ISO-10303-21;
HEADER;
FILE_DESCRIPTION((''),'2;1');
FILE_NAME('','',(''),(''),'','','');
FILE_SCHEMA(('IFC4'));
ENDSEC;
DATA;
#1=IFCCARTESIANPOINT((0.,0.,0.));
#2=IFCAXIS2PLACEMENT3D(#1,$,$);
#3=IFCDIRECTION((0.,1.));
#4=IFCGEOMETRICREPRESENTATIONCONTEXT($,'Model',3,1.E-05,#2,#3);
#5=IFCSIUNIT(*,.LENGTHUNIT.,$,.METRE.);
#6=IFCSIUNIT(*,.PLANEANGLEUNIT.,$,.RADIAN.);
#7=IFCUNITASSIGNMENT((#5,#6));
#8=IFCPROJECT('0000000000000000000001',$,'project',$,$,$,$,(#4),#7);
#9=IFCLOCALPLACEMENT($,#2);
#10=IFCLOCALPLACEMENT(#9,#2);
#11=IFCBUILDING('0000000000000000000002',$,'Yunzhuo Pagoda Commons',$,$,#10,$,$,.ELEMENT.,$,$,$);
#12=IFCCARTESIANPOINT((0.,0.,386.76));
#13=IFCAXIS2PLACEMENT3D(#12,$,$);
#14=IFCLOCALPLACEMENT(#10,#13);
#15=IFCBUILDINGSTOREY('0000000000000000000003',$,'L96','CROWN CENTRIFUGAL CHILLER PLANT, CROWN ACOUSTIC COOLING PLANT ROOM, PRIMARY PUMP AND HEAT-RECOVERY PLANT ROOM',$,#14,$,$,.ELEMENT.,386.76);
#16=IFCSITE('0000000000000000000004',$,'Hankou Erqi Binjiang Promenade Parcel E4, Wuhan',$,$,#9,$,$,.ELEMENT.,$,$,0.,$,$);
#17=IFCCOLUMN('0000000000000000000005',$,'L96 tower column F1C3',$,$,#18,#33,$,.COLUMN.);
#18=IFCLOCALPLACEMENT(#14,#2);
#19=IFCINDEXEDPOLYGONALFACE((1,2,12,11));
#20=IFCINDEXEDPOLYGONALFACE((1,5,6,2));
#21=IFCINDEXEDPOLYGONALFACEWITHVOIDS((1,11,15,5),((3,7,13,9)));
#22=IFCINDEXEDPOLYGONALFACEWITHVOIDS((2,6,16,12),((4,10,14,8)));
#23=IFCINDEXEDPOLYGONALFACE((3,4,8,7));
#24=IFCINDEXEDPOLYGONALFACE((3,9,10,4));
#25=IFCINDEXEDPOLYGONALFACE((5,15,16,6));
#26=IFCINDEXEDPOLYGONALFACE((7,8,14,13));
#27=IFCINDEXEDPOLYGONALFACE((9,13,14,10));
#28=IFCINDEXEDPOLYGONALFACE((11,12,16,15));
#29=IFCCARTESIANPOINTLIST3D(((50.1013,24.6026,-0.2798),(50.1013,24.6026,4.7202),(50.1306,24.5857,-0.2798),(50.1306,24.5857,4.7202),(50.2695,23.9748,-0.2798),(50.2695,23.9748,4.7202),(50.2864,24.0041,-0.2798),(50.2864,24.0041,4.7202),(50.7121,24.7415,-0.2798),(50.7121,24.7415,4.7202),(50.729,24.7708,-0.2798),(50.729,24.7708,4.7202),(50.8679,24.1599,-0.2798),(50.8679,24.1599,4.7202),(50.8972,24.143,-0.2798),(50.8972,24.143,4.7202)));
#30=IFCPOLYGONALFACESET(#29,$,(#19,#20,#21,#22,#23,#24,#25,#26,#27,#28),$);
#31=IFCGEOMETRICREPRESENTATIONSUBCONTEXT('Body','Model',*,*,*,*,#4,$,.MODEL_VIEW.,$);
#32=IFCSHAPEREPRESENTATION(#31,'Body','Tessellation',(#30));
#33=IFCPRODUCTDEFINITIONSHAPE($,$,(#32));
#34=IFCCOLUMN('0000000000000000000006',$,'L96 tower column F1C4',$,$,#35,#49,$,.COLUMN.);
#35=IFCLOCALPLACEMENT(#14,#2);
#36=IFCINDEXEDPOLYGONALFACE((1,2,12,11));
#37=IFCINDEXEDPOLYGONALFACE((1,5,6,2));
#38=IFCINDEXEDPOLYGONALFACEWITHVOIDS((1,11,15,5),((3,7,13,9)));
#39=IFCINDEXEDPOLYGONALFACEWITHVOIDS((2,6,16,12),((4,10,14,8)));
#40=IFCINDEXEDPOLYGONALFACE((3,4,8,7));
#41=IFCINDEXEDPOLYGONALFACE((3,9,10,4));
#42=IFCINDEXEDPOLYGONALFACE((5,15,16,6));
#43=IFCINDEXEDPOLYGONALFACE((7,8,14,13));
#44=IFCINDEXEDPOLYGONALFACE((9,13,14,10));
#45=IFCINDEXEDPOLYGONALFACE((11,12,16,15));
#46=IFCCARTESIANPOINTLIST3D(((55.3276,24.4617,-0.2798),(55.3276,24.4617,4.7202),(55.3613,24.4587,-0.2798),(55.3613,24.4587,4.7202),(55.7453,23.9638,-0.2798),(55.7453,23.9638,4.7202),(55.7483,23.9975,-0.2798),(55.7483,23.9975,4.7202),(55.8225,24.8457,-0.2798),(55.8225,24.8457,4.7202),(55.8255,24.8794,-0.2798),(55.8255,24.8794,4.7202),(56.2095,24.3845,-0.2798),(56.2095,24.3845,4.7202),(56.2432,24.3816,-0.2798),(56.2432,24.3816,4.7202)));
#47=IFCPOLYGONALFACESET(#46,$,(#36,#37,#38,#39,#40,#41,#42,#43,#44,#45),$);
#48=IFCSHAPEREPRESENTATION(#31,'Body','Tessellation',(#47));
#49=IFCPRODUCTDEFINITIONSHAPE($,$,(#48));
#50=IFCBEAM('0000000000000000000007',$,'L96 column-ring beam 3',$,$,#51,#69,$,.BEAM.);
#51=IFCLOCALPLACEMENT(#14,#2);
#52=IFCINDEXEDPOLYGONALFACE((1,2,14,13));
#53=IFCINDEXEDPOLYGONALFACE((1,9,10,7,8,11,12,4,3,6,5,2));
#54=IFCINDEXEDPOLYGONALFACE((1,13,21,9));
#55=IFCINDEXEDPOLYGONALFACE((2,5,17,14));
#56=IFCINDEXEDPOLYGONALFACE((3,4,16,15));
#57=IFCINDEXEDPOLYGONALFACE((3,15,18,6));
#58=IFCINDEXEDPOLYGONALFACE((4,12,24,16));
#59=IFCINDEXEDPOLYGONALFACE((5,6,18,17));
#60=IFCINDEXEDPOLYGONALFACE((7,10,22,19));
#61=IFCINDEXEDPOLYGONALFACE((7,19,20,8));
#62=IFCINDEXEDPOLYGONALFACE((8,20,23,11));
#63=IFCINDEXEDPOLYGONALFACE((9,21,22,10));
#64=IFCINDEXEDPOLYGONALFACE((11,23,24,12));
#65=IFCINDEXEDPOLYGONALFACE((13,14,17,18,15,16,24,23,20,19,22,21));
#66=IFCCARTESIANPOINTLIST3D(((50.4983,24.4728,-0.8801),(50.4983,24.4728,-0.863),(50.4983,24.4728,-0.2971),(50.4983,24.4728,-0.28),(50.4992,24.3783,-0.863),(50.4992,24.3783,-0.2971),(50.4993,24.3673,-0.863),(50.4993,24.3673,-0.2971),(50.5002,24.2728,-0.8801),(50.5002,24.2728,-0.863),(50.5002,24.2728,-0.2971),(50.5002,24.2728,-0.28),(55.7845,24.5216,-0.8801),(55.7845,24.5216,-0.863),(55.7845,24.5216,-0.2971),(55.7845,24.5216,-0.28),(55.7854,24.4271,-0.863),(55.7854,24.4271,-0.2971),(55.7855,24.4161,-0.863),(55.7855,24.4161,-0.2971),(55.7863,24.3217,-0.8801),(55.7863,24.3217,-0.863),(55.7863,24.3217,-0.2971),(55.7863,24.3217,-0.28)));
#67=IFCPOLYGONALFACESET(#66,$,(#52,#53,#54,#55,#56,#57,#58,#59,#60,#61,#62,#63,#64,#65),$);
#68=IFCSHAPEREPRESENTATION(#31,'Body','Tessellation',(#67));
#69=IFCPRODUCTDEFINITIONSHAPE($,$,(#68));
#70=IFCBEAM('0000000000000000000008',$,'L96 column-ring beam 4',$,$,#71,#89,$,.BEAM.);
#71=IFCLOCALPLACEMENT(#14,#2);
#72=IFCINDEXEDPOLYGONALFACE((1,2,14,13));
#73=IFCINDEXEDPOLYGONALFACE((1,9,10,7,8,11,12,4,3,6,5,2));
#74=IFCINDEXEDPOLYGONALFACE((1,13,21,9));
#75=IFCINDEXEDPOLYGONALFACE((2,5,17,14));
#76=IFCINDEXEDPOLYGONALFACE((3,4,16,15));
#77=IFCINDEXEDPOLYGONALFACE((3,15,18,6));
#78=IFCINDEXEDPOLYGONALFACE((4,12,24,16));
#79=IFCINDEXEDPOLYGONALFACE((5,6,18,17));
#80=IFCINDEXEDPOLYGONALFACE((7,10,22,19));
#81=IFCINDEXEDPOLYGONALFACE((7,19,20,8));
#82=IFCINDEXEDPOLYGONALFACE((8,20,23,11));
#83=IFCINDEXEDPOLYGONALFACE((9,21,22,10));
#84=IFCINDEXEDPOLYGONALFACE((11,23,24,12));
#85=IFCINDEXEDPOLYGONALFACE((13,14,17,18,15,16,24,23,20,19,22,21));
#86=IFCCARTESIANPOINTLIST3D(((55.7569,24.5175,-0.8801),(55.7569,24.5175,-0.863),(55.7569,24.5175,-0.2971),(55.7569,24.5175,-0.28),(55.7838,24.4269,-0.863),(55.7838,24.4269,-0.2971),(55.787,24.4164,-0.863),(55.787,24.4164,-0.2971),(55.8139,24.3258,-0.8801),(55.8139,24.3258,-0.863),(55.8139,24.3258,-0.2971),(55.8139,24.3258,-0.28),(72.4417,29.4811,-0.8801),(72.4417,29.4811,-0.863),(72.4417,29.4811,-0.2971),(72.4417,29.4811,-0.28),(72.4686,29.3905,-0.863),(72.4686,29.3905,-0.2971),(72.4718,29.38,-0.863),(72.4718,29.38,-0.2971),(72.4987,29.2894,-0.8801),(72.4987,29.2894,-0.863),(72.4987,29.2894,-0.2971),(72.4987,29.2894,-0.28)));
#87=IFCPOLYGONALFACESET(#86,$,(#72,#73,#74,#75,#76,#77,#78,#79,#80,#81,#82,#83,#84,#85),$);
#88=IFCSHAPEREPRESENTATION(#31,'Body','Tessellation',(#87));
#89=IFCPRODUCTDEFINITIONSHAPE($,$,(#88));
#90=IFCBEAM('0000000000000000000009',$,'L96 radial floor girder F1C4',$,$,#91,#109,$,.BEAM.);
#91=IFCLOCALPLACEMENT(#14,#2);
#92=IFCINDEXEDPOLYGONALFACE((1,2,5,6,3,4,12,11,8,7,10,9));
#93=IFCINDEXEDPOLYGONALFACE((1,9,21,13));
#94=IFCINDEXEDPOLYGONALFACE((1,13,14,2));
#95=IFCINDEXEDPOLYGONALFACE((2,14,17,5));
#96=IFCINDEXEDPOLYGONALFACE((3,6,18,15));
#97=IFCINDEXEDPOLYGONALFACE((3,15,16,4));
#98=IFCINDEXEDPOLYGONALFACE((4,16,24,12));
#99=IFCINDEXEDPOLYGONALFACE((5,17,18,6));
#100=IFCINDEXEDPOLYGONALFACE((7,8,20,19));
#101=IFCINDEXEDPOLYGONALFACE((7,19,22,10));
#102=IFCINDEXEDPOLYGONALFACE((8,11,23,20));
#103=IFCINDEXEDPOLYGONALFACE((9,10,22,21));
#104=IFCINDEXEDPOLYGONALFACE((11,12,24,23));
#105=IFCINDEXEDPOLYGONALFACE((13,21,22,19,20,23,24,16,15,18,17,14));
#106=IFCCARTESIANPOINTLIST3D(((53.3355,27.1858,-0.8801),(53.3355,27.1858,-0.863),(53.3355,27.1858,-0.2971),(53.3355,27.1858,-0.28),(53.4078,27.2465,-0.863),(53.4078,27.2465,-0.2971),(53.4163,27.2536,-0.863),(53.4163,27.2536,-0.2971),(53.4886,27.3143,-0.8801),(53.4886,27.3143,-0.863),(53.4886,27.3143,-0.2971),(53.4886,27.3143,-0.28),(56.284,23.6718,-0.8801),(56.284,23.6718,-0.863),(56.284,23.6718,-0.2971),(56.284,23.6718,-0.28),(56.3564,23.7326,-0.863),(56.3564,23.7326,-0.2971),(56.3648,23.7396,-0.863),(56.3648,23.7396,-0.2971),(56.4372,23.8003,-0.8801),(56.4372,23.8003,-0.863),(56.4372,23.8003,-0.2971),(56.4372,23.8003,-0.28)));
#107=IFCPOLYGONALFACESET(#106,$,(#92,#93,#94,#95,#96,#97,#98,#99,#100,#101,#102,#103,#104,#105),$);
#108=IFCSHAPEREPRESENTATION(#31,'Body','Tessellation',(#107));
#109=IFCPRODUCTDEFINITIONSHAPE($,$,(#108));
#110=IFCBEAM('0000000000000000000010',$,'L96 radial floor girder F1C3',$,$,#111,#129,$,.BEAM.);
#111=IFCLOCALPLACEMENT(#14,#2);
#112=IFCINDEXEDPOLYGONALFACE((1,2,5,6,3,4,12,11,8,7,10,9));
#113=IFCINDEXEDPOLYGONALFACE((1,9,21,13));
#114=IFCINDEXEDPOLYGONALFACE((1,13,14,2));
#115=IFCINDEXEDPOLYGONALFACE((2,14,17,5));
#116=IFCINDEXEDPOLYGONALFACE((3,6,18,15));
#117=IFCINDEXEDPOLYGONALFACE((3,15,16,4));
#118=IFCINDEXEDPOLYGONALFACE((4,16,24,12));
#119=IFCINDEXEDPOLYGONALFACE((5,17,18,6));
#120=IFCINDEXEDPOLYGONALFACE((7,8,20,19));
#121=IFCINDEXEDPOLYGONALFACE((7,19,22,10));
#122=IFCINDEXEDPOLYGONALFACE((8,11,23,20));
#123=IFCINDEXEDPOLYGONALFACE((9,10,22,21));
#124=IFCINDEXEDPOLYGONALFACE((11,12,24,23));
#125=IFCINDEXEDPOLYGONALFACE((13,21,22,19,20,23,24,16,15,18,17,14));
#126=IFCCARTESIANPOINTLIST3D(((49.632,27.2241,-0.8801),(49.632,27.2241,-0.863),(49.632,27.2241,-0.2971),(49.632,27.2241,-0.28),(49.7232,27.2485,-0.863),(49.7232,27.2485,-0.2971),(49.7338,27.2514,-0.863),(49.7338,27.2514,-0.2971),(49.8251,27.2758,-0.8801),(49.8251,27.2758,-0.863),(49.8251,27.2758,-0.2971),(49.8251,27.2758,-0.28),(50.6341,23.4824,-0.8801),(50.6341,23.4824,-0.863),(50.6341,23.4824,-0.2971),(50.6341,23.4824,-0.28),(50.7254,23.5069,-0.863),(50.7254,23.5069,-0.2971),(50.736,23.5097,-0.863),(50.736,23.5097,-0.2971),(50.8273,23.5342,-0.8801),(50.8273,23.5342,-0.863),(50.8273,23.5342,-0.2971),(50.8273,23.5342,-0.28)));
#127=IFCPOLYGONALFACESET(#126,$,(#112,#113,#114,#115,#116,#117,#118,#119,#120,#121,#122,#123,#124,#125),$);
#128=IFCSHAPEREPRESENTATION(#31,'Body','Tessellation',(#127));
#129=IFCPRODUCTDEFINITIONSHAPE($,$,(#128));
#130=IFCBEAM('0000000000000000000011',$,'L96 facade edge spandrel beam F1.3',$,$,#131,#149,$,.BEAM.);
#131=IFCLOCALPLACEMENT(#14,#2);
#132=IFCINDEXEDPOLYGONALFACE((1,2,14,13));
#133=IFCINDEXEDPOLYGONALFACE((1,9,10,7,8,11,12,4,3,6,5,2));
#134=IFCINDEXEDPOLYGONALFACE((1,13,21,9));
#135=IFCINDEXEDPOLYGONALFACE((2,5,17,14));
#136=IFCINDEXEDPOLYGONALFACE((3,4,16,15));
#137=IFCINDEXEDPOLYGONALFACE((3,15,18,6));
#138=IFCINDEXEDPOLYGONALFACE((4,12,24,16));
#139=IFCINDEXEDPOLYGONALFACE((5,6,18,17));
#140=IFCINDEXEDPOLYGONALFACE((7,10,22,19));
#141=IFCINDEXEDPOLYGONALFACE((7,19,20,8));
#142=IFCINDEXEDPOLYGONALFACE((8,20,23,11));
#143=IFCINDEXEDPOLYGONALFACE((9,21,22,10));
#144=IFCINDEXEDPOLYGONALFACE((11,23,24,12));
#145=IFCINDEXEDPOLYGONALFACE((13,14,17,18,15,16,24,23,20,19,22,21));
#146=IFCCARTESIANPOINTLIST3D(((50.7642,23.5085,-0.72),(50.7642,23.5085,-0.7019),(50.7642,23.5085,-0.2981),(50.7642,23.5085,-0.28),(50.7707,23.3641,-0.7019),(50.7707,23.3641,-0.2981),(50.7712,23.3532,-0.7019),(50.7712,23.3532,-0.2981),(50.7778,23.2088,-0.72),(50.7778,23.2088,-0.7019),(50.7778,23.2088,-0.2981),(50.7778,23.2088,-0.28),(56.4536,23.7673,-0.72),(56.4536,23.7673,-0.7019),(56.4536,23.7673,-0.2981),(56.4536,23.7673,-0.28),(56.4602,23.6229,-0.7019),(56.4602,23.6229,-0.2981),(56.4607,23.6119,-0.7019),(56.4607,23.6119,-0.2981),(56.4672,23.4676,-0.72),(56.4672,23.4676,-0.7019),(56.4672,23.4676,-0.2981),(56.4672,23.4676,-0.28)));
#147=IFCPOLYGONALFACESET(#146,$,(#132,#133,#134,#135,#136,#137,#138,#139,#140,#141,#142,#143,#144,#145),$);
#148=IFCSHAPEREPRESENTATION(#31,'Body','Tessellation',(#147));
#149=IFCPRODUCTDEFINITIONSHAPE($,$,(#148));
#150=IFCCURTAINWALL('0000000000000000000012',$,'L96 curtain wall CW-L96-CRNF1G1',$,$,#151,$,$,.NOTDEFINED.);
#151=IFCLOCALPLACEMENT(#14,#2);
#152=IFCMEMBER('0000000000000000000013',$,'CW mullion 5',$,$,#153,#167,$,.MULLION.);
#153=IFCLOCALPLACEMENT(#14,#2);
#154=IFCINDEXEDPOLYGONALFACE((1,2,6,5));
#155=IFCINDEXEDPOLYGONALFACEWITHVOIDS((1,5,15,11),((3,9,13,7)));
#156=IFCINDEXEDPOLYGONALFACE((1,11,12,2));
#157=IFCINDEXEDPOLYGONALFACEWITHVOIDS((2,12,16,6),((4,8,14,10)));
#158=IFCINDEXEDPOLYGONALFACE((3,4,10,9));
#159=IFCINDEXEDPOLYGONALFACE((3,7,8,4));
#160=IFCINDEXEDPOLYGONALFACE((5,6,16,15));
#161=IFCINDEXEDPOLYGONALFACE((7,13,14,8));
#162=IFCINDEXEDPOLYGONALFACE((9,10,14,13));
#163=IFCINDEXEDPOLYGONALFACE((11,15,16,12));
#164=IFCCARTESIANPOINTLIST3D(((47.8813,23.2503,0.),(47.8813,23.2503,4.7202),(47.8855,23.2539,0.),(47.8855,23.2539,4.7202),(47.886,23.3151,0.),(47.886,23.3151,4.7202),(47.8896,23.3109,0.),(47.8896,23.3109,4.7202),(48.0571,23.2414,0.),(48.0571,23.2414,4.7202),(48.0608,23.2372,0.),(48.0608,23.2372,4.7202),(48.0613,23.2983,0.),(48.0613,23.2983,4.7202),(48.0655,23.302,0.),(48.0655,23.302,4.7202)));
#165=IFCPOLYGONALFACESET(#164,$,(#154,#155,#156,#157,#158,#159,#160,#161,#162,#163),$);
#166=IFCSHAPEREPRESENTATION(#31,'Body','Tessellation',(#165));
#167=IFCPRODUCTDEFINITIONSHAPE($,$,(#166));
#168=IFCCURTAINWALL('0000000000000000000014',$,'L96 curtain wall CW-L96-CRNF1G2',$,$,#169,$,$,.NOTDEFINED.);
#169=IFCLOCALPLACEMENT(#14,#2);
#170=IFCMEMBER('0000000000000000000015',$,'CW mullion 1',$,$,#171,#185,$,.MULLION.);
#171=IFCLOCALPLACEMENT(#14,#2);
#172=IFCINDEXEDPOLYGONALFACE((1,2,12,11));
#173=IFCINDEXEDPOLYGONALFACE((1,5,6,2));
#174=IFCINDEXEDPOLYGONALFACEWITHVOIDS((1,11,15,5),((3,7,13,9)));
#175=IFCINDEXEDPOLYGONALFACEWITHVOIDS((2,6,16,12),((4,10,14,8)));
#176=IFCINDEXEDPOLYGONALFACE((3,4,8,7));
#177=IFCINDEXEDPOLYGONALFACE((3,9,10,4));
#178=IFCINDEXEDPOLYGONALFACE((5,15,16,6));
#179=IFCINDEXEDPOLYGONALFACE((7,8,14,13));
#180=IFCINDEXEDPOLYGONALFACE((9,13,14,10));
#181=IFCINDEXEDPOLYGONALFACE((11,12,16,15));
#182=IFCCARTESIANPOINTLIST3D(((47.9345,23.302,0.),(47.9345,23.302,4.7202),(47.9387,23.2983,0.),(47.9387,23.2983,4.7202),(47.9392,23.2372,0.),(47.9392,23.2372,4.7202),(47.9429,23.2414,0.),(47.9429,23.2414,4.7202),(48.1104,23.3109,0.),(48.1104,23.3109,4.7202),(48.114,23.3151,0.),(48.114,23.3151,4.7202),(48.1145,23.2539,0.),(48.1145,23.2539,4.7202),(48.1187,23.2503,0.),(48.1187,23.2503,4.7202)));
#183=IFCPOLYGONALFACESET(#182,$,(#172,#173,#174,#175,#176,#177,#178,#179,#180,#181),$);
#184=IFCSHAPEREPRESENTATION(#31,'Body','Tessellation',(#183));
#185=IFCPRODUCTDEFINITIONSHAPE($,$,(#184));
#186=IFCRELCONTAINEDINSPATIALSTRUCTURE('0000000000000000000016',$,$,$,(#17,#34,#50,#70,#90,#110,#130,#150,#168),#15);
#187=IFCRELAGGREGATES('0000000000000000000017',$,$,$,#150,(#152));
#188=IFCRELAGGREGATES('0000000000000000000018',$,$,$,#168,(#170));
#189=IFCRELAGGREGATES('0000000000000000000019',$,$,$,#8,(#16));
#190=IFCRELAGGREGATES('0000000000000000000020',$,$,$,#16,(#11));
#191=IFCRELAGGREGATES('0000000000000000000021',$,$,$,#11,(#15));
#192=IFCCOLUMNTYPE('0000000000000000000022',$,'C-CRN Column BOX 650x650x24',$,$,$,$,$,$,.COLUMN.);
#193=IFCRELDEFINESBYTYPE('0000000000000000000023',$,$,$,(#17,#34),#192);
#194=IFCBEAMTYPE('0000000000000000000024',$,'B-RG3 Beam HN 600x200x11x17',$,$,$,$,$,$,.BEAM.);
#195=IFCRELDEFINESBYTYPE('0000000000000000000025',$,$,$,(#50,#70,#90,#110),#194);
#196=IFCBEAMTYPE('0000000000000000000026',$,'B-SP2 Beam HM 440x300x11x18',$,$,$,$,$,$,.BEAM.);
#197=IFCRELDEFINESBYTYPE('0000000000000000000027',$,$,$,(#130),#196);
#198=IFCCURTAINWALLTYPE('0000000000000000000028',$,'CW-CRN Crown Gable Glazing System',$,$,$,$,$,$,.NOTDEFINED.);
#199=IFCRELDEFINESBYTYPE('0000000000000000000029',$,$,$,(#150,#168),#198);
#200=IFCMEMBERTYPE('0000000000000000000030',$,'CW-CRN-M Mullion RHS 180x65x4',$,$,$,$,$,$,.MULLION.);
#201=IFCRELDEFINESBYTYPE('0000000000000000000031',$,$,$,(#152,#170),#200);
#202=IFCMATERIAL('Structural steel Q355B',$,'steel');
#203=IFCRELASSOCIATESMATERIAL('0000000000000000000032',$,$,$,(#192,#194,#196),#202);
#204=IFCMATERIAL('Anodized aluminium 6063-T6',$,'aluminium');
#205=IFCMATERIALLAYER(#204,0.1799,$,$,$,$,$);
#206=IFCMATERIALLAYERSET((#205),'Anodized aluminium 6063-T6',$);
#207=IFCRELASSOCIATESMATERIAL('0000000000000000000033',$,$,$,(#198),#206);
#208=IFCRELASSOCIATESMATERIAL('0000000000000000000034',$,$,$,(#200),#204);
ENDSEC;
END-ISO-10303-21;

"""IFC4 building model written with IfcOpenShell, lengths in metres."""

from ifc_helpers import new_model, si_unit, direction, frame, origin, origin_2d, place, context, subcontext, project, spatial, hollow_rectangle, i_section, extrude, source, transform, mapped, material, layer, layer_set, material_profile, profile_set, type_object, element, aggregate, save


model = new_model("IFC4")

# Units and contexts
model_context = context("Model", 3, precision=1e-05, world=origin(), true_north=direction((0.0, 1.0)))
body_context = subcontext(model_context, "Body", "Model", "MODEL_VIEW")
ifc_project = project(units=[si_unit("LENGTHUNIT", "METRE"), si_unit("PLANEANGLEUNIT", "RADIAN")], contexts=[model_context])

# Site, building, storey
site_placement = place(None, origin())
site = spatial("IfcSite", under=ifc_project, at=site_placement, Name="Hankou Erqi Binjiang Promenade Parcel E4, Wuhan", CompositionType="ELEMENT", RefElevation=0.0)
building_placement = place(site_placement, origin())
building = spatial("IfcBuilding", under=site, at=building_placement, Name="Yunzhuo Pagoda Commons", CompositionType="ELEMENT")
storey_placement = place(building_placement, frame((0.0, 0.0, 386.76)))
storey = spatial("IfcBuildingStorey", under=building, at=storey_placement, Name="L96", Description="CROWN CENTRIFUGAL CHILLER PLANT, CROWN ACOUSTIC COOLING PLANT ROOM, PRIMARY PUMP AND HEAT-RECOVERY PLANT ROOM", CompositionType="ELEMENT", Elevation=386.76)

# Columns
ifc_material_1 = material(Name="Structural steel Q355B", Category="steel")
ifc_material_profile_1 = material_profile(ifc_material_1, hollow_rectangle(XDim=0.6499, YDim=0.6499, WallThickness=0.0239, at=origin_2d()), Name="Structural steel Q355B")
ifc_profile_set_1 = profile_set([ifc_material_profile_1], Name="Structural steel Q355B")
column_type = type_object("IfcColumnType", Name="C-CRN Column BOX 650x650x24", PredefinedType="COLUMN", material=ifc_profile_set_1)
shared_shape_1 = source(origin(), body_context, "Body", "SweptSolid", [
    extrude(hollow_rectangle(XDim=0.6499, YDim=0.6499, WallThickness=0.0239, at=origin_2d()), origin(), (0.0, 0.0, 1.0), 5.0),
])
for number, where, z_axis, x_axis, name in (
    (1, (50.4993, 24.3728, -0.2798), (0.0, 0.0, 1.0), (0.965926, 0.258819, 0.0), "L96 tower column F1C3"),
    (2, (55.7854, 24.4216, -0.2798), (0.0, 0.0, 1.0), (0.766044, 0.642788, 0.0), "L96 tower column F1C4"),
):
    element("IfcColumn", number, at=place(storey_placement, frame(where, z_axis=z_axis, x_axis=x_axis)), inside=storey, type_object=column_type, Name=name, PredefinedType="COLUMN", context=body_context, shape_type="MappedRepresentation", body=[
        mapped(shared_shape_1, transform((0.0, 0.0, 0.0), scale=1.0)),
    ])

# Beams
ifc_material_profile_2 = material_profile(ifc_material_1, i_section(OverallWidth=0.2, OverallDepth=0.6001, WebThickness=0.011, FlangeThickness=0.0171, at=origin_2d()), Name="Structural steel Q355B")
ifc_profile_set_2 = profile_set([ifc_material_profile_2], Name="Structural steel Q355B")
beam_type_1 = type_object("IfcBeamType", Name="B-RG3 Beam HN 600x200x11x17", PredefinedType="BEAM", material=ifc_profile_set_2)
shared_shape_2 = source(origin(), body_context, "Body", "SweptSolid", [
    extrude(i_section(OverallWidth=0.2, OverallDepth=0.6001, WebThickness=0.011, FlangeThickness=0.0171, at=origin_2d()), origin(), (0.0, 0.0, 1.0), 5.2864),
])
beam_1_placement = place(storey_placement, frame((50.4993, 24.3728, -0.5801), z_axis=(0.999957, 0.009237, 0.0), x_axis=(-0.009237, 0.999957, 0.0)))
element("IfcBeam", 3, at=beam_1_placement, inside=storey, type_object=beam_type_1, Name="L96 column-ring beam 3", PredefinedType="BEAM", context=body_context, shape_type="MappedRepresentation", body=[
    mapped(shared_shape_2, transform((0.0, 0.0, 0.0), scale=1.0)),
])
shared_shape_3 = source(origin(), body_context, "Body", "SweptSolid", [
    extrude(i_section(OverallWidth=0.2, OverallDepth=0.6001, WebThickness=0.011, FlangeThickness=0.0171, at=origin_2d()), origin(), (0.0, 0.0, 1.0), 17.4075),
])
beam_2_placement = place(storey_placement, frame((55.7854, 24.4216, -0.5801), z_axis=(0.958485, 0.285143, 0.0), x_axis=(-0.285143, 0.958485, 0.0)))
element("IfcBeam", 4, at=beam_2_placement, inside=storey, type_object=beam_type_1, Name="L96 column-ring beam 4", PredefinedType="BEAM", context=body_context, shape_type="MappedRepresentation", body=[
    mapped(shared_shape_3, transform((0.0, 0.0, 0.0), scale=1.0)),
])
shared_shape_4 = source(origin(), body_context, "Body", "SweptSolid", [
    extrude(i_section(OverallWidth=0.2, OverallDepth=0.6001, WebThickness=0.011, FlangeThickness=0.0171, at=origin_2d()), origin(), (0.0, 0.0, 1.0), 4.5872),
])
beam_3_placement = place(storey_placement, frame((56.3606, 23.7361, -0.5801), z_axis=(-0.642783, 0.766049, 0.0), x_axis=(-0.766049, -0.642783, 0.0)))
element("IfcBeam", 5, at=beam_3_placement, inside=storey, type_object=beam_type_1, Name="L96 radial floor girder F1C4", PredefinedType="BEAM", context=body_context, shape_type="MappedRepresentation", body=[
    mapped(shared_shape_4, transform((0.0, 0.0, 0.0), scale=1.0)),
])
shared_shape_5 = source(origin(), body_context, "Body", "SweptSolid", [
    extrude(i_section(OverallWidth=0.2, OverallDepth=0.6001, WebThickness=0.011, FlangeThickness=0.0171, at=origin_2d()), origin(), (0.0, 0.0, 1.0), 3.8735),
])
beam_4_placement = place(storey_placement, frame((50.7307, 23.5083, -0.5801), z_axis=(-0.258726, 0.965951, 0.0), x_axis=(-0.965951, -0.258726, 0.0)))
element("IfcBeam", 6, at=beam_4_placement, inside=storey, type_object=beam_type_1, Name="L96 radial floor girder F1C3", PredefinedType="BEAM", context=body_context, shape_type="MappedRepresentation", body=[
    mapped(shared_shape_5, transform((0.0, 0.0, 0.0), scale=1.0)),
])
ifc_material_profile_3 = material_profile(ifc_material_1, i_section(OverallWidth=0.3, OverallDepth=0.4399, WebThickness=0.011, FlangeThickness=0.0181, at=origin_2d()), Name="Structural steel Q355B")
ifc_profile_set_3 = profile_set([ifc_material_profile_3], Name="Structural steel Q355B")
beam_type_2 = type_object("IfcBeamType", Name="B-SP2 Beam HM 440x300x11x18", PredefinedType="BEAM", material=ifc_profile_set_3)
shared_shape_6 = source(origin(), body_context, "Body", "SweptSolid", [
    extrude(i_section(OverallWidth=0.3, OverallDepth=0.4399, WebThickness=0.011, FlangeThickness=0.0181, at=origin_2d()), origin(), (0.0, 0.0, 1.0), 5.6953),
])
beam_5_placement = place(storey_placement, frame((50.771, 23.3586, -0.5), z_axis=(0.998967, 0.045439, 0.0), x_axis=(-0.045439, 0.998967, 0.0)))
element("IfcBeam", 7, at=beam_5_placement, inside=storey, type_object=beam_type_2, Name="L96 facade edge spandrel beam F1.3", PredefinedType="BEAM", context=body_context, shape_type="MappedRepresentation", body=[
    mapped(shared_shape_6, transform((0.0, 0.0, 0.0), scale=1.0)),
])

# Curtain wall, member
ifc_material_2 = material(Name="Anodized aluminium 6063-T6", Category="aluminium")
ifc_layer_1 = layer(ifc_material_2, 0.1799)
ifc_layer_set_1 = layer_set([ifc_layer_1], Name="Anodized aluminium 6063-T6")
curtain_wall_type = type_object("IfcCurtainWallType", Name="CW-CRN Crown Gable Glazing System", PredefinedType="NOTDEFINED", material=ifc_layer_set_1)
curtain_wall_1_placement = place(storey_placement, origin())
curtain_wall_1 = element("IfcCurtainWall", 8, at=curtain_wall_1_placement, inside=storey, type_object=curtain_wall_type, Name="L96 curtain wall CW-L96-CRNF1G1", PredefinedType="NOTDEFINED")
ifc_material_profile_4 = material_profile(ifc_material_2, hollow_rectangle(XDim=0.0649, YDim=0.1799, WallThickness=0.0039, at=origin_2d()), Name="Anodized aluminium 6063-T6")
ifc_profile_set_4 = profile_set([ifc_material_profile_4], Name="Anodized aluminium 6063-T6")
member_type_1 = type_object("IfcMemberType", Name="CW-CRN-M Mullion RHS 180x65x4", PredefinedType="MULLION", material=ifc_profile_set_4)
shared_shape_7 = source(origin(), body_context, "Body", "SweptSolid", [
    extrude(hollow_rectangle(XDim=0.0649, YDim=0.1799, WallThickness=0.0039, at=origin_2d()), origin(), (0.0, 0.0, 1.0), 4.7202),
])
member_1_placement = place(storey_placement, frame((47.9734, 23.2761, 0.0), z_axis=(0.0, 0.0, 1.0), x_axis=(0.072796, 0.997347, 0.0)))
member_1 = element("IfcMember", 9, at=member_1_placement, type_object=member_type_1, Name="CW mullion 5", PredefinedType="MULLION", context=body_context, shape_type="MappedRepresentation", body=[
    mapped(shared_shape_7, transform((0.0, 0.0, 0.0), scale=1.0)),
])
aggregate(curtain_wall_1, [member_1])

# Curtain wall, member
curtain_wall_2_placement = place(storey_placement, origin())
curtain_wall_2 = element("IfcCurtainWall", 10, at=curtain_wall_2_placement, inside=storey, type_object=curtain_wall_type, Name="L96 curtain wall CW-L96-CRNF1G2", PredefinedType="NOTDEFINED")
member_2_placement = place(storey_placement, frame((48.0266, 23.2761, 0.0), z_axis=(0.0, 0.0, 1.0), x_axis=(-0.072796, 0.997347, 0.0)))
member_2 = element("IfcMember", 11, at=member_2_placement, type_object=member_type_1, Name="CW mullion 1", PredefinedType="MULLION", context=body_context, shape_type="MappedRepresentation", body=[
    mapped(shared_shape_7, transform((0.0, 0.0, 0.0), scale=1.0)),
])
aggregate(curtain_wall_2, [member_2])

save(model, "model.ifc")
